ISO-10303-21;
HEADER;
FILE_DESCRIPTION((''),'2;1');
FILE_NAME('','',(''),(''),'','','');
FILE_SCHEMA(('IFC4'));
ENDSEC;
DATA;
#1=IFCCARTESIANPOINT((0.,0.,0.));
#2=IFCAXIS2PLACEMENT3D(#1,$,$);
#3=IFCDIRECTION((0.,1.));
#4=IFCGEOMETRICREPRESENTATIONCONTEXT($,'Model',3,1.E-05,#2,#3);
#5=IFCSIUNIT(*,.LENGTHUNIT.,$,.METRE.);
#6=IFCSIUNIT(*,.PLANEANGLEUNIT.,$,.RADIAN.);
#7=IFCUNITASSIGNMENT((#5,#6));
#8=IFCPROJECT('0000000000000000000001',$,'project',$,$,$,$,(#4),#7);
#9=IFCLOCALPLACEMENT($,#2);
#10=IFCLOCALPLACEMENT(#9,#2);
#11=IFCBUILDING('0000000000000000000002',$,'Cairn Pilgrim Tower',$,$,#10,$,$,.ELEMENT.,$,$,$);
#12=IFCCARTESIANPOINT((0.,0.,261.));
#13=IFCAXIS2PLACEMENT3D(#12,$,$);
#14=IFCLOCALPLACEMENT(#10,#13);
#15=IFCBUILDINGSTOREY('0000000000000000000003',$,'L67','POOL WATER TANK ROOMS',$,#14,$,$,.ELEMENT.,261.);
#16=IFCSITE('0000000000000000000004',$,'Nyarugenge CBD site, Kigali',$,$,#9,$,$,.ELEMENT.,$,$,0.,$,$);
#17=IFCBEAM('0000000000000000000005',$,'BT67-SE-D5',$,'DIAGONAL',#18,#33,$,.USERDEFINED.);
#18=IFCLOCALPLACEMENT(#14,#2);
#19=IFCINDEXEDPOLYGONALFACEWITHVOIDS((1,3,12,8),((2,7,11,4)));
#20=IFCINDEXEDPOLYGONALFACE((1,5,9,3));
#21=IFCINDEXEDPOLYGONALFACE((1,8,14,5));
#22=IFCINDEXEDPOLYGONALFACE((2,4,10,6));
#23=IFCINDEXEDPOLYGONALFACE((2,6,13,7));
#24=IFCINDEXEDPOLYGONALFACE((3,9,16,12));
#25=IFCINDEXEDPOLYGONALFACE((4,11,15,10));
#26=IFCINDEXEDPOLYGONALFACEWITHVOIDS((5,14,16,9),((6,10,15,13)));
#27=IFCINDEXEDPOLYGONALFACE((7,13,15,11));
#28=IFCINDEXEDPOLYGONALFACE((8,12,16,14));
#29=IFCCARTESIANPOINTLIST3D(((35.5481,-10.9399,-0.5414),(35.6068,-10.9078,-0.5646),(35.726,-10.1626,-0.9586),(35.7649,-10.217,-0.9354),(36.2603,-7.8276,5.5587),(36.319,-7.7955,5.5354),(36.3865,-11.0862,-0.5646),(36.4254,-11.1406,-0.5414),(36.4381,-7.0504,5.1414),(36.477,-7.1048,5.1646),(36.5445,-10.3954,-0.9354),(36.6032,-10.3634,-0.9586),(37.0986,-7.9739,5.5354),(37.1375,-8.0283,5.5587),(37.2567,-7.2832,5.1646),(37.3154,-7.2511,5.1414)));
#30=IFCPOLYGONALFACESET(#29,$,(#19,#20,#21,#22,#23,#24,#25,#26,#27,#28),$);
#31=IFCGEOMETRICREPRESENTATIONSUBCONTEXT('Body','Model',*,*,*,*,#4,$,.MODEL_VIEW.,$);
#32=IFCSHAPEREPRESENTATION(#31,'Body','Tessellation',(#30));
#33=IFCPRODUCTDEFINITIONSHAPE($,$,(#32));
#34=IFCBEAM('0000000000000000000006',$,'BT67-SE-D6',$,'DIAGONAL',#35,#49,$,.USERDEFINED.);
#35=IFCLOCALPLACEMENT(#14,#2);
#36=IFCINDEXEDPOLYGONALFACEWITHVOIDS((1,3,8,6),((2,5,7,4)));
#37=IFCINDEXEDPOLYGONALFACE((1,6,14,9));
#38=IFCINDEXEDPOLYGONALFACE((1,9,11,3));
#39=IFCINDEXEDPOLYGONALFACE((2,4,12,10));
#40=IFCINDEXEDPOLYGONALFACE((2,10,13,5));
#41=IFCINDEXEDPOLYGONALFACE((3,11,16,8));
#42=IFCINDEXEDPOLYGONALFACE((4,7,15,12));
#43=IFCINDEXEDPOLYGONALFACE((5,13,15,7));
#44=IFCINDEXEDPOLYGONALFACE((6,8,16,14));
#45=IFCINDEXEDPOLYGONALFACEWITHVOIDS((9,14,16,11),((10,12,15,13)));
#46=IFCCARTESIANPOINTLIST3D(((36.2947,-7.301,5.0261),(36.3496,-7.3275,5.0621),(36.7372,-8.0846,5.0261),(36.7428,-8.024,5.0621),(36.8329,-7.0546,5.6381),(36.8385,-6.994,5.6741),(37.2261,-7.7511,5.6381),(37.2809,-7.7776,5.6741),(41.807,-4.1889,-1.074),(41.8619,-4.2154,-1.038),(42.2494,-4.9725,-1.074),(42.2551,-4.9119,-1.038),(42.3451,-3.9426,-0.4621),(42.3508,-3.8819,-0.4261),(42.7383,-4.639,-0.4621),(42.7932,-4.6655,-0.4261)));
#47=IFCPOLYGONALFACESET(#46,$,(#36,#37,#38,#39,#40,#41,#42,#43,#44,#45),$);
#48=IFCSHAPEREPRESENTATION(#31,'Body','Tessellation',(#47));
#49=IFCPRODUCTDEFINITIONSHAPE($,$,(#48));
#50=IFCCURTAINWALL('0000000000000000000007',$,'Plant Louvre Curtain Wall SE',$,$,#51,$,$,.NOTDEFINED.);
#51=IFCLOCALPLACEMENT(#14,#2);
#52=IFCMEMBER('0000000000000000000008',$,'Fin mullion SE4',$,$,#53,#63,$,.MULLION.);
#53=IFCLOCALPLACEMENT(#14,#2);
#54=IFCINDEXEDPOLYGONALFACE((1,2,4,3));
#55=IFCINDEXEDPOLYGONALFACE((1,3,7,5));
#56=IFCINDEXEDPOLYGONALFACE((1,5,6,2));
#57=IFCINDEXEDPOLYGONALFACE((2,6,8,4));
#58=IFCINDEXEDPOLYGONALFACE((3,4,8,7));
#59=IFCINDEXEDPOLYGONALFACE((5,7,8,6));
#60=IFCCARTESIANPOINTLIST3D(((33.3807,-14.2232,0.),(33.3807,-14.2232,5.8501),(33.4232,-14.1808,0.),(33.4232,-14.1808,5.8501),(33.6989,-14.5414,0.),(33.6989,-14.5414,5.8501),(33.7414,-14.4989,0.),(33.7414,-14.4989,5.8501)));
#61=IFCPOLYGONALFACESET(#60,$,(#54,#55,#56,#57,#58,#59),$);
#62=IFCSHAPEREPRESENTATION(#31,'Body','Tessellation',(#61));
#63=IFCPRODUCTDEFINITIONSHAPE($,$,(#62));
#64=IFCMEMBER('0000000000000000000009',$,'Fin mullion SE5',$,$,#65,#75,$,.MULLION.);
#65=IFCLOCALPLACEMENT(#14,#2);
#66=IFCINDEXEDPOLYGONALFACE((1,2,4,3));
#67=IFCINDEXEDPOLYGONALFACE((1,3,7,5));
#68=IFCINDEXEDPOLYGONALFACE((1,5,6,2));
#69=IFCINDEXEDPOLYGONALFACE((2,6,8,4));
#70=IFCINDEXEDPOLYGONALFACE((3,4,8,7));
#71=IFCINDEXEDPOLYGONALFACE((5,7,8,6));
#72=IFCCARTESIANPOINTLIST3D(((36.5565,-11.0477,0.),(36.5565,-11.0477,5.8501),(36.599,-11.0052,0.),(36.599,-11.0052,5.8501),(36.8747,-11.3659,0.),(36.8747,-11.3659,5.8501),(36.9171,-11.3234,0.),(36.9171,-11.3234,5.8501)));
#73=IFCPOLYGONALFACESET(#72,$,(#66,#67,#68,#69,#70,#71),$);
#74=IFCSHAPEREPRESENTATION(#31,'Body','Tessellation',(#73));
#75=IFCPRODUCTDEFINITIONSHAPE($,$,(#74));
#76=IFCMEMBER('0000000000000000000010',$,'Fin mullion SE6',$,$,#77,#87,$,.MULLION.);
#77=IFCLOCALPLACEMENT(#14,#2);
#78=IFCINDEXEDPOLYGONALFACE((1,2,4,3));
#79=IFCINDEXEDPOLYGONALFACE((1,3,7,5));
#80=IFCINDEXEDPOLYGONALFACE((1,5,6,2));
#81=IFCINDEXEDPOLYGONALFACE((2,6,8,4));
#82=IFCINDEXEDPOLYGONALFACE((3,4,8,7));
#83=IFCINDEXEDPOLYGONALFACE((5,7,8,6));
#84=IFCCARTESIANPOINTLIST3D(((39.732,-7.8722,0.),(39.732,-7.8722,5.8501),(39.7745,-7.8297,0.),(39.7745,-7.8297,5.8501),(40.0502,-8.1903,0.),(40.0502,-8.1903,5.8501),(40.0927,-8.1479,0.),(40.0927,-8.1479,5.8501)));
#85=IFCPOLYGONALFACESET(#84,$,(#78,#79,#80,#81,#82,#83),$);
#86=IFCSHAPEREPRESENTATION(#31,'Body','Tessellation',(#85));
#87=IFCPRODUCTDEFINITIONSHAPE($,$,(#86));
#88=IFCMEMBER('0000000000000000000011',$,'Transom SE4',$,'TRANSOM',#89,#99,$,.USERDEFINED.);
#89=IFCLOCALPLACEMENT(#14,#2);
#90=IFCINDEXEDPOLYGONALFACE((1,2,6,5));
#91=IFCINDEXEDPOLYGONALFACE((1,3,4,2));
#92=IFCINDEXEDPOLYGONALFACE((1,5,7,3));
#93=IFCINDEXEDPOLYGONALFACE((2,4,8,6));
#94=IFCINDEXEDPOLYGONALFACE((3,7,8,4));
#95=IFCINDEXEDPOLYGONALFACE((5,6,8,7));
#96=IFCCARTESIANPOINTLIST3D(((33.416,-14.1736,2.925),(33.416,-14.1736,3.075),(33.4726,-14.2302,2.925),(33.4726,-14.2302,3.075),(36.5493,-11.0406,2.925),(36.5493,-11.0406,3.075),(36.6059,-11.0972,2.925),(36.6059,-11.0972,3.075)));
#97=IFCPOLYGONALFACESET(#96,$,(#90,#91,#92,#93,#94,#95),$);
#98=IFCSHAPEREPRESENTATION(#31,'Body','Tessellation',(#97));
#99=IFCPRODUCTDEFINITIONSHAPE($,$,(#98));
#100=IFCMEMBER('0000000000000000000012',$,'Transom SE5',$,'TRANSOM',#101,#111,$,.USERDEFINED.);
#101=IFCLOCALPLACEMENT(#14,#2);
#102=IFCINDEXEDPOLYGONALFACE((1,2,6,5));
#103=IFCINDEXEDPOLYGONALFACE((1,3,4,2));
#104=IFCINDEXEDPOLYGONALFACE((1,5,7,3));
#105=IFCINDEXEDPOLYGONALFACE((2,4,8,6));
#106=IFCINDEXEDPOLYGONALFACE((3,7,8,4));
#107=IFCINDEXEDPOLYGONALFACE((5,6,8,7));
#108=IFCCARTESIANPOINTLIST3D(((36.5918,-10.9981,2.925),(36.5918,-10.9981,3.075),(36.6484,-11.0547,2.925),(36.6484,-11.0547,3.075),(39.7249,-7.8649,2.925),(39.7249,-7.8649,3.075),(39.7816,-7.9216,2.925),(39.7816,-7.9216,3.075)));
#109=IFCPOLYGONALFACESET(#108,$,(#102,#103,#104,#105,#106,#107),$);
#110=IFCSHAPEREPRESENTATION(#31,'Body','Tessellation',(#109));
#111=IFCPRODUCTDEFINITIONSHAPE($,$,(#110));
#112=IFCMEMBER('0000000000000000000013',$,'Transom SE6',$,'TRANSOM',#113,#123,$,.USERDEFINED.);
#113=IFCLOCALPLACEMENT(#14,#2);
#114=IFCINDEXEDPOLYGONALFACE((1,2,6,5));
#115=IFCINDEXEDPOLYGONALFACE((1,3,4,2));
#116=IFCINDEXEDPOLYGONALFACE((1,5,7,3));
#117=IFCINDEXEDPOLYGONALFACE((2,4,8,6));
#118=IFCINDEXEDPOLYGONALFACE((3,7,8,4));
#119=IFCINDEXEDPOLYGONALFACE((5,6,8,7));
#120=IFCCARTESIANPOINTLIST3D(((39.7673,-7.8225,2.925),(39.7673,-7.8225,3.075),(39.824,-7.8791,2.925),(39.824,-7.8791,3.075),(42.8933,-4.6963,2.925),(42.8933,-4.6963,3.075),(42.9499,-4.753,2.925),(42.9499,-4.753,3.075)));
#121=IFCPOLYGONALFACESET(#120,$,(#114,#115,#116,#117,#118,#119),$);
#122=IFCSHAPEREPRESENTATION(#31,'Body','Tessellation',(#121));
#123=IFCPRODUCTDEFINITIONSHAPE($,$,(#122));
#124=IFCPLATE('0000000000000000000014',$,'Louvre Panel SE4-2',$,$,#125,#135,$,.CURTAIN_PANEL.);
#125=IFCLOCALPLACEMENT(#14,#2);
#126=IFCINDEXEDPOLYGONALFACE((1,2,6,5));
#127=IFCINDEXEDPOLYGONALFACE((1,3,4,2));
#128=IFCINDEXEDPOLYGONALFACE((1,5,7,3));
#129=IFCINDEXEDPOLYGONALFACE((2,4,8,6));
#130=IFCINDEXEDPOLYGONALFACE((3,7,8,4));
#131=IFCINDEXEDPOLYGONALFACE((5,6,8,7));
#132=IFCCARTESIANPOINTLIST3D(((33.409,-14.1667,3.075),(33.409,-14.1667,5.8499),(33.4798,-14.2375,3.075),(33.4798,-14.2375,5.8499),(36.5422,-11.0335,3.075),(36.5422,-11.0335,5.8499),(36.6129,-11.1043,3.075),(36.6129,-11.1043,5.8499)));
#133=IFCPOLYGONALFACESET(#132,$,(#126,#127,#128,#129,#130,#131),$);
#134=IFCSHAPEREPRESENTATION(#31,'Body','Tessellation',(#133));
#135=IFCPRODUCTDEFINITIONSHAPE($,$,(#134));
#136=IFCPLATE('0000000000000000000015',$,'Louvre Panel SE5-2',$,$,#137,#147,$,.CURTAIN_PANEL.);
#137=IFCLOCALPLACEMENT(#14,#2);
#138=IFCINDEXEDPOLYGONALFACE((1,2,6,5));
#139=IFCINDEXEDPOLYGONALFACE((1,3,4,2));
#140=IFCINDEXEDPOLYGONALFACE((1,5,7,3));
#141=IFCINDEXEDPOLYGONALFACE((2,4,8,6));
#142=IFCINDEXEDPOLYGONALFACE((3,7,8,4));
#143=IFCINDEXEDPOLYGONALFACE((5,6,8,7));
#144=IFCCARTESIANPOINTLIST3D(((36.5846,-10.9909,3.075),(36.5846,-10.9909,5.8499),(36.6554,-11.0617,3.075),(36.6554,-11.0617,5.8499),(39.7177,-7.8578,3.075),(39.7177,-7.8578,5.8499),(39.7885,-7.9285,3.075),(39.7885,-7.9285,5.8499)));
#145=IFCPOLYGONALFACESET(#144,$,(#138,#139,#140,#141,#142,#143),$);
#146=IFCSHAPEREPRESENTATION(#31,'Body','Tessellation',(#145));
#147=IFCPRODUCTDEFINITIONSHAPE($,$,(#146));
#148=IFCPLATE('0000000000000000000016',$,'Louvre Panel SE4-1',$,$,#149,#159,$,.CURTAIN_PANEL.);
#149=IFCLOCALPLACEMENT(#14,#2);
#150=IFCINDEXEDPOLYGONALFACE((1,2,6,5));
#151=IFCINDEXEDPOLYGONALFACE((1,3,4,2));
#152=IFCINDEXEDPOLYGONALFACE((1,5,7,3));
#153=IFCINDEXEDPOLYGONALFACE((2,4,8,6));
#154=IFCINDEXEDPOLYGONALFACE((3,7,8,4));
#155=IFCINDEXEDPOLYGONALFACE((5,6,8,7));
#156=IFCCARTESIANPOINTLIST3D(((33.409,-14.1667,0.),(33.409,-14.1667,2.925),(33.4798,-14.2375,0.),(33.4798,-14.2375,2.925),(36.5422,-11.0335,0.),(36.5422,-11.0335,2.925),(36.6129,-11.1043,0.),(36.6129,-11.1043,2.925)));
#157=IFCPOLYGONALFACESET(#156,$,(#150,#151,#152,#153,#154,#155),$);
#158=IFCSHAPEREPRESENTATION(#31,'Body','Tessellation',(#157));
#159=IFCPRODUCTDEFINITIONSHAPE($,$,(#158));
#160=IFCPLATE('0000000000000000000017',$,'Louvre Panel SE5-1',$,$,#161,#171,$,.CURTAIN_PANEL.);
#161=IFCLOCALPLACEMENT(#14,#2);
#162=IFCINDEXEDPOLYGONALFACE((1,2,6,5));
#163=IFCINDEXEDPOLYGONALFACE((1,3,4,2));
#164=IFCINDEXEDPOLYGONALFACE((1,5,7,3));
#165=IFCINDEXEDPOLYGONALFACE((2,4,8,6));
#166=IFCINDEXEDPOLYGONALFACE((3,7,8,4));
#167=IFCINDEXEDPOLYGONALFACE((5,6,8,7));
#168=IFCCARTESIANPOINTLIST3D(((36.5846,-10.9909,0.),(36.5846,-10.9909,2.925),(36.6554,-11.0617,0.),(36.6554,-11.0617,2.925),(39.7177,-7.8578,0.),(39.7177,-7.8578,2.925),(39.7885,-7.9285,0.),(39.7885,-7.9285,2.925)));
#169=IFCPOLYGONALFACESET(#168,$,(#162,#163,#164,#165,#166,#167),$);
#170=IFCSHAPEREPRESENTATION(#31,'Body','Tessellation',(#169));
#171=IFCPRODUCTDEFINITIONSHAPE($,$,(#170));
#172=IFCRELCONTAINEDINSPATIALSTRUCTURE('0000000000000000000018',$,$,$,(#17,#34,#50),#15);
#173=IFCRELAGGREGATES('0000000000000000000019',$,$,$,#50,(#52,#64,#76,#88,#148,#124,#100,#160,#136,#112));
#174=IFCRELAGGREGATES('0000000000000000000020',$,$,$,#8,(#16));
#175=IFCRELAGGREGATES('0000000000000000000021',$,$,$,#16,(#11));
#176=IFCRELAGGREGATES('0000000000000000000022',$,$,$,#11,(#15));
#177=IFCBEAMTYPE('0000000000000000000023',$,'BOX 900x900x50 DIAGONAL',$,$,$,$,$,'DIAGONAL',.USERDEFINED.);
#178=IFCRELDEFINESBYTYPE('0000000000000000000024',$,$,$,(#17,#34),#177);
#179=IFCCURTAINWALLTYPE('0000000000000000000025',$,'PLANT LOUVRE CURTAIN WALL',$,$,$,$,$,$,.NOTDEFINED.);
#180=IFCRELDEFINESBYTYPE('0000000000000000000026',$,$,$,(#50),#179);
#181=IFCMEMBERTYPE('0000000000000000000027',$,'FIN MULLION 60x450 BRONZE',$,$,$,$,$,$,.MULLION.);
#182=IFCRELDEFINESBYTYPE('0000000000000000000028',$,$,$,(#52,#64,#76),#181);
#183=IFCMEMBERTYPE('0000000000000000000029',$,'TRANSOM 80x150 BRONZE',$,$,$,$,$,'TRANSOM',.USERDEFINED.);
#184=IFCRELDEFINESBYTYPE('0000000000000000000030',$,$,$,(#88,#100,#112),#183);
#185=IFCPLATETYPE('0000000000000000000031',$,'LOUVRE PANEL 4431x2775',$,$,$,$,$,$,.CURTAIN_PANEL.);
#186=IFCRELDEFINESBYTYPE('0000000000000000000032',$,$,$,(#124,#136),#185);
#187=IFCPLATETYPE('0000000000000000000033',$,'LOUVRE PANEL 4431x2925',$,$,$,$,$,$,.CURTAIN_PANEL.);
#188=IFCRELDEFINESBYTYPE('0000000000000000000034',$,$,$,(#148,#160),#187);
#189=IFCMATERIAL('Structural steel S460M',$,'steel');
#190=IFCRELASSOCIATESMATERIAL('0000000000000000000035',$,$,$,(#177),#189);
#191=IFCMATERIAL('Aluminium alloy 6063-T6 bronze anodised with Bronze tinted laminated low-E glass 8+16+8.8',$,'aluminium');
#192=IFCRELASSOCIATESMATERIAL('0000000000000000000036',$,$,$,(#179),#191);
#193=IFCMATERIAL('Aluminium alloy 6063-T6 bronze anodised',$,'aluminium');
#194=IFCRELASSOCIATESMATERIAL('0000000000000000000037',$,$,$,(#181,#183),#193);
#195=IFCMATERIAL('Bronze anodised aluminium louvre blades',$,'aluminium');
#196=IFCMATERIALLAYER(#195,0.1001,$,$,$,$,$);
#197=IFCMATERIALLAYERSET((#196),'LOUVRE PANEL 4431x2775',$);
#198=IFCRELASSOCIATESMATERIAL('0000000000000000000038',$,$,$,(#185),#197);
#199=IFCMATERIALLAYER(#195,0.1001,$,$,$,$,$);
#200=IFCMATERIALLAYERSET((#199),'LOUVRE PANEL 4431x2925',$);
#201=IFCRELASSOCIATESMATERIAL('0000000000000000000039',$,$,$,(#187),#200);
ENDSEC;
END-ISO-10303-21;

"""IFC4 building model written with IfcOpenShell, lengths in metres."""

from ifc_helpers import new_model, si_unit, direction, frame, origin, origin_2d, place, context, subcontext, project, spatial, rectangle, hollow_rectangle, extrude, material, layer, layer_set, material_profile, profile_set, type_object, element, aggregate, save


model = new_model("IFC4")

# Units and contexts
model_context = context("Model", 3, precision=1e-05, world=origin(), true_north=direction((0.0, 1.0)))
body_context = subcontext(model_context, "Body", "Model", "MODEL_VIEW")
ifc_project = project(units=[si_unit("LENGTHUNIT", "METRE"), si_unit("PLANEANGLEUNIT", "RADIAN")], contexts=[model_context])

# Site, building, storey
site_placement = place(None, origin())
site = spatial("IfcSite", under=ifc_project, at=site_placement, Name="Nyarugenge CBD site, Kigali", CompositionType="ELEMENT", RefElevation=0.0)
building_placement = place(site_placement, origin())
building = spatial("IfcBuilding", under=site, at=building_placement, Name="Cairn Pilgrim Tower", CompositionType="ELEMENT")
storey_placement = place(building_placement, frame((0.0, 0.0, 261.0)))
storey = spatial("IfcBuildingStorey", under=building, at=storey_placement, Name="L67", Description="POOL WATER TANK ROOMS", CompositionType="ELEMENT", Elevation=261.0)

# Shared definitions
ifc_material_1 = material(Name="Structural steel S460M", Category="steel")

# Beams
ifc_material_profile_1 = material_profile(ifc_material_1, hollow_rectangle(XDim=0.8999, YDim=0.8999, WallThickness=0.05, at=origin_2d()), Name="BOX 900x900x50")
ifc_profile_set_1 = profile_set([ifc_material_profile_1], Name="Structural steel S460M")
beam_type_1 = type_object("IfcBeamType", Name="BOX 900x900x50 DIAGONAL", ElementType="DIAGONAL", PredefinedType="USERDEFINED", material=ifc_profile_set_1)
beam_1_placement = place(storey_placement, frame((36.0757, -10.6516, -0.75), z_axis=(0.103434, 0.452034, 0.885983), x_axis=(-0.974806, 0.223055, 0.0)))
element("IfcBeam", 1, at=beam_1_placement, inside=storey, type_object=beam_type_1, Name="BT67-SE-D5", ObjectType="DIAGONAL", PredefinedType="USERDEFINED", context=body_context, shape_type="SweptSolid", body=[
    extrude(hollow_rectangle(XDim=0.8999, YDim=0.8999, WallThickness=0.05, at=origin_2d()), origin(), (0.0, 0.0, 1.0), 6.885),
])
beam_2_placement = place(storey_placement, frame((36.7878, -7.5393, 5.3501), z_axis=(0.627033, 0.354008, -0.693908), x_axis=(-0.491634, 0.870802, 0.0)))
element("IfcBeam", 2, at=beam_2_placement, inside=storey, type_object=beam_type_1, Name="BT67-SE-D6", ObjectType="DIAGONAL", PredefinedType="USERDEFINED", context=body_context, shape_type="SweptSolid", body=[
    extrude(hollow_rectangle(XDim=0.8999, YDim=0.8999, WallThickness=0.05, at=origin_2d()), origin(), (0.0, 0.0, 1.0), 8.791),
])

# Curtain wall, members, plates
ifc_material_2 = material(Name="Aluminium alloy 6063-T6 bronze anodised with Bronze tinted laminated low-E glass 8+16+8.8", Category="aluminium")
curtain_wall_type = type_object("IfcCurtainWallType", Name="PLANT LOUVRE CURTAIN WALL", PredefinedType="NOTDEFINED", material=ifc_material_2)
curtain_wall_placement = place(storey_placement, origin())
curtain_wall = element("IfcCurtainWall", 3, at=curtain_wall_placement, inside=storey, type_object=curtain_wall_type, Name="Plant Louvre Curtain Wall SE", PredefinedType="NOTDEFINED")
ifc_material_3 = material(Name="Aluminium alloy 6063-T6 bronze anodised", Category="aluminium")
ifc_material_profile_2 = material_profile(ifc_material_3, rectangle(XDim=0.45, YDim=0.0601, at=origin_2d()), Name="FIN MULLION 60x450 BRONZE")
ifc_profile_set_2 = profile_set([ifc_material_profile_2], Name="Aluminium alloy 6063-T6 bronze anodised")
member_type_1 = type_object("IfcMemberType", Name="FIN MULLION 60x450 BRONZE", PredefinedType="MULLION", material=ifc_profile_set_2)
member_1_placement = place(storey_placement, frame((33.561, -14.3611, 0.0), z_axis=(0.0, 0.0, 1.0), x_axis=(0.707107, -0.707107, 0.0)))
member_1 = element("IfcMember", 4, at=member_1_placement, type_object=member_type_1, Name="Fin mullion SE4", PredefinedType="MULLION", context=body_context, shape_type="SweptSolid", body=[
    extrude(rectangle(XDim=0.45, YDim=0.0601, at=origin_2d()), origin(), (0.0, 0.0, 1.0), 5.8501),
])
member_2_placement = place(storey_placement, frame((36.7368, -11.1855, 0.0), z_axis=(0.0, 0.0, 1.0), x_axis=(0.707107, -0.707107, 0.0)))
member_2 = element("IfcMember", 5, at=member_2_placement, type_object=member_type_1, Name="Fin mullion SE5", PredefinedType="MULLION", context=body_context, shape_type="SweptSolid", body=[
    extrude(rectangle(XDim=0.45, YDim=0.0601, at=origin_2d()), origin(), (0.0, 0.0, 1.0), 5.8501),
])
member_3_placement = place(storey_placement, frame((39.9124, -8.01, 0.0), z_axis=(0.0, 0.0, 1.0), x_axis=(0.707107, -0.707107, 0.0)))
member_3 = element("IfcMember", 6, at=member_3_placement, type_object=member_type_1, Name="Fin mullion SE6", PredefinedType="MULLION", context=body_context, shape_type="SweptSolid", body=[
    extrude(rectangle(XDim=0.45, YDim=0.0601, at=origin_2d()), origin(), (0.0, 0.0, 1.0), 5.8501),
])
ifc_material_profile_3 = material_profile(ifc_material_3, rectangle(XDim=0.0801, YDim=0.1499, at=origin_2d()), Name="TRANSOM 80x150 BRONZE")
ifc_profile_set_3 = profile_set([ifc_material_profile_3], Name="Aluminium alloy 6063-T6 bronze anodised")
member_type_2 = type_object("IfcMemberType", Name="TRANSOM 80x150 BRONZE", ElementType="TRANSOM", PredefinedType="USERDEFINED", material=ifc_profile_set_3)
member_4_placement = place(storey_placement, frame((33.4443, -14.2019, 3.0), z_axis=(0.707134, 0.707079, 0.0), x_axis=(-0.707079, 0.707134, 0.0)))
member_4 = element("IfcMember", 7, at=member_4_placement, type_object=member_type_2, Name="Transom SE4", ObjectType="TRANSOM", PredefinedType="USERDEFINED", context=body_context, shape_type="SweptSolid", body=[
    extrude(rectangle(XDim=0.0801, YDim=0.1499, at=origin_2d()), origin(), (0.0, 0.0, 1.0), 4.4309),
])
member_5_placement = place(storey_placement, frame((36.6201, -11.0264, 3.0), z_axis=(0.707107, 0.707107, 0.0), x_axis=(-0.707107, 0.707107, 0.0)))
member_5 = element("IfcMember", 8, at=member_5_placement, type_object=member_type_2, Name="Transom SE5", ObjectType="TRANSOM", PredefinedType="USERDEFINED", context=body_context, shape_type="SweptSolid", body=[
    extrude(rectangle(XDim=0.0801, YDim=0.1499, at=origin_2d()), origin(), (0.0, 0.0, 1.0), 4.4309),
])
member_6_placement = place(storey_placement, frame((39.7957, -7.8508, 3.0), z_axis=(0.707079, 0.707134, 0.0), x_axis=(-0.707134, 0.707079, 0.0)))
member_6 = element("IfcMember", 9, at=member_6_placement, type_object=member_type_2, Name="Transom SE6", ObjectType="TRANSOM", PredefinedType="USERDEFINED", context=body_context, shape_type="SweptSolid", body=[
    extrude(rectangle(XDim=0.0801, YDim=0.1499, at=origin_2d()), origin(), (0.0, 0.0, 1.0), 4.4209),
])
ifc_material_4 = material(Name="Bronze anodised aluminium louvre blades", Category="aluminium")
ifc_layer_1 = layer(ifc_material_4, 0.1001)
ifc_layer_set_1 = layer_set([ifc_layer_1], Name="LOUVRE PANEL 4431x2775")
plate_type_1 = type_object("IfcPlateType", Name="LOUVRE PANEL 4431x2775", PredefinedType="CURTAIN_PANEL", material=ifc_layer_set_1)
plate_1_placement = place(storey_placement, frame((35.011, -12.6355, 3.075), z_axis=(0.0, 0.0, 1.0), x_axis=(0.707107, 0.707107, 0.0)))
plate_1 = element("IfcPlate", 10, at=plate_1_placement, type_object=plate_type_1, Name="Louvre Panel SE4-2", PredefinedType="CURTAIN_PANEL", context=body_context, shape_type="SweptSolid", body=[
    extrude(rectangle(XDim=4.4309, YDim=0.1001, at=origin_2d()), origin(), (0.0, 0.0, 1.0), 2.7749),
])
plate_2_placement = place(storey_placement, frame((38.1865, -9.4597, 3.075), z_axis=(0.0, 0.0, 1.0), x_axis=(0.707107, 0.707107, 0.0)))
plate_2 = element("IfcPlate", 11, at=plate_2_placement, type_object=plate_type_1, Name="Louvre Panel SE5-2", PredefinedType="CURTAIN_PANEL", context=body_context, shape_type="SweptSolid", body=[
    extrude(rectangle(XDim=4.4309, YDim=0.1001, at=origin_2d()), origin(), (0.0, 0.0, 1.0), 2.7749),
])
ifc_layer_2 = layer(ifc_material_4, 0.1001)
ifc_layer_set_2 = layer_set([ifc_layer_2], Name="LOUVRE PANEL 4431x2925")
plate_type_2 = type_object("IfcPlateType", Name="LOUVRE PANEL 4431x2925", PredefinedType="CURTAIN_PANEL", material=ifc_layer_set_2)
plate_3_placement = place(storey_placement, frame((35.011, -12.6355, 0.0), z_axis=(0.0, 0.0, 1.0), x_axis=(0.707107, 0.707107, 0.0)))
plate_3 = element("IfcPlate", 12, at=plate_3_placement, type_object=plate_type_2, Name="Louvre Panel SE4-1", PredefinedType="CURTAIN_PANEL", context=body_context, shape_type="SweptSolid", body=[
    extrude(rectangle(XDim=4.4309, YDim=0.1001, at=origin_2d()), origin(), (0.0, 0.0, 1.0), 2.925),
])
plate_4_placement = place(storey_placement, frame((38.1865, -9.4597, 0.0), z_axis=(0.0, 0.0, 1.0), x_axis=(0.707107, 0.707107, 0.0)))
plate_4 = element("IfcPlate", 13, at=plate_4_placement, type_object=plate_type_2, Name="Louvre Panel SE5-1", PredefinedType="CURTAIN_PANEL", context=body_context, shape_type="SweptSolid", body=[
    extrude(rectangle(XDim=4.4309, YDim=0.1001, at=origin_2d()), origin(), (0.0, 0.0, 1.0), 2.925),
])
aggregate(curtain_wall, [member_1, member_2, member_3, member_4, plate_3, plate_1, member_5, plate_4, plate_2, member_6])

save(model, "model.ifc")
